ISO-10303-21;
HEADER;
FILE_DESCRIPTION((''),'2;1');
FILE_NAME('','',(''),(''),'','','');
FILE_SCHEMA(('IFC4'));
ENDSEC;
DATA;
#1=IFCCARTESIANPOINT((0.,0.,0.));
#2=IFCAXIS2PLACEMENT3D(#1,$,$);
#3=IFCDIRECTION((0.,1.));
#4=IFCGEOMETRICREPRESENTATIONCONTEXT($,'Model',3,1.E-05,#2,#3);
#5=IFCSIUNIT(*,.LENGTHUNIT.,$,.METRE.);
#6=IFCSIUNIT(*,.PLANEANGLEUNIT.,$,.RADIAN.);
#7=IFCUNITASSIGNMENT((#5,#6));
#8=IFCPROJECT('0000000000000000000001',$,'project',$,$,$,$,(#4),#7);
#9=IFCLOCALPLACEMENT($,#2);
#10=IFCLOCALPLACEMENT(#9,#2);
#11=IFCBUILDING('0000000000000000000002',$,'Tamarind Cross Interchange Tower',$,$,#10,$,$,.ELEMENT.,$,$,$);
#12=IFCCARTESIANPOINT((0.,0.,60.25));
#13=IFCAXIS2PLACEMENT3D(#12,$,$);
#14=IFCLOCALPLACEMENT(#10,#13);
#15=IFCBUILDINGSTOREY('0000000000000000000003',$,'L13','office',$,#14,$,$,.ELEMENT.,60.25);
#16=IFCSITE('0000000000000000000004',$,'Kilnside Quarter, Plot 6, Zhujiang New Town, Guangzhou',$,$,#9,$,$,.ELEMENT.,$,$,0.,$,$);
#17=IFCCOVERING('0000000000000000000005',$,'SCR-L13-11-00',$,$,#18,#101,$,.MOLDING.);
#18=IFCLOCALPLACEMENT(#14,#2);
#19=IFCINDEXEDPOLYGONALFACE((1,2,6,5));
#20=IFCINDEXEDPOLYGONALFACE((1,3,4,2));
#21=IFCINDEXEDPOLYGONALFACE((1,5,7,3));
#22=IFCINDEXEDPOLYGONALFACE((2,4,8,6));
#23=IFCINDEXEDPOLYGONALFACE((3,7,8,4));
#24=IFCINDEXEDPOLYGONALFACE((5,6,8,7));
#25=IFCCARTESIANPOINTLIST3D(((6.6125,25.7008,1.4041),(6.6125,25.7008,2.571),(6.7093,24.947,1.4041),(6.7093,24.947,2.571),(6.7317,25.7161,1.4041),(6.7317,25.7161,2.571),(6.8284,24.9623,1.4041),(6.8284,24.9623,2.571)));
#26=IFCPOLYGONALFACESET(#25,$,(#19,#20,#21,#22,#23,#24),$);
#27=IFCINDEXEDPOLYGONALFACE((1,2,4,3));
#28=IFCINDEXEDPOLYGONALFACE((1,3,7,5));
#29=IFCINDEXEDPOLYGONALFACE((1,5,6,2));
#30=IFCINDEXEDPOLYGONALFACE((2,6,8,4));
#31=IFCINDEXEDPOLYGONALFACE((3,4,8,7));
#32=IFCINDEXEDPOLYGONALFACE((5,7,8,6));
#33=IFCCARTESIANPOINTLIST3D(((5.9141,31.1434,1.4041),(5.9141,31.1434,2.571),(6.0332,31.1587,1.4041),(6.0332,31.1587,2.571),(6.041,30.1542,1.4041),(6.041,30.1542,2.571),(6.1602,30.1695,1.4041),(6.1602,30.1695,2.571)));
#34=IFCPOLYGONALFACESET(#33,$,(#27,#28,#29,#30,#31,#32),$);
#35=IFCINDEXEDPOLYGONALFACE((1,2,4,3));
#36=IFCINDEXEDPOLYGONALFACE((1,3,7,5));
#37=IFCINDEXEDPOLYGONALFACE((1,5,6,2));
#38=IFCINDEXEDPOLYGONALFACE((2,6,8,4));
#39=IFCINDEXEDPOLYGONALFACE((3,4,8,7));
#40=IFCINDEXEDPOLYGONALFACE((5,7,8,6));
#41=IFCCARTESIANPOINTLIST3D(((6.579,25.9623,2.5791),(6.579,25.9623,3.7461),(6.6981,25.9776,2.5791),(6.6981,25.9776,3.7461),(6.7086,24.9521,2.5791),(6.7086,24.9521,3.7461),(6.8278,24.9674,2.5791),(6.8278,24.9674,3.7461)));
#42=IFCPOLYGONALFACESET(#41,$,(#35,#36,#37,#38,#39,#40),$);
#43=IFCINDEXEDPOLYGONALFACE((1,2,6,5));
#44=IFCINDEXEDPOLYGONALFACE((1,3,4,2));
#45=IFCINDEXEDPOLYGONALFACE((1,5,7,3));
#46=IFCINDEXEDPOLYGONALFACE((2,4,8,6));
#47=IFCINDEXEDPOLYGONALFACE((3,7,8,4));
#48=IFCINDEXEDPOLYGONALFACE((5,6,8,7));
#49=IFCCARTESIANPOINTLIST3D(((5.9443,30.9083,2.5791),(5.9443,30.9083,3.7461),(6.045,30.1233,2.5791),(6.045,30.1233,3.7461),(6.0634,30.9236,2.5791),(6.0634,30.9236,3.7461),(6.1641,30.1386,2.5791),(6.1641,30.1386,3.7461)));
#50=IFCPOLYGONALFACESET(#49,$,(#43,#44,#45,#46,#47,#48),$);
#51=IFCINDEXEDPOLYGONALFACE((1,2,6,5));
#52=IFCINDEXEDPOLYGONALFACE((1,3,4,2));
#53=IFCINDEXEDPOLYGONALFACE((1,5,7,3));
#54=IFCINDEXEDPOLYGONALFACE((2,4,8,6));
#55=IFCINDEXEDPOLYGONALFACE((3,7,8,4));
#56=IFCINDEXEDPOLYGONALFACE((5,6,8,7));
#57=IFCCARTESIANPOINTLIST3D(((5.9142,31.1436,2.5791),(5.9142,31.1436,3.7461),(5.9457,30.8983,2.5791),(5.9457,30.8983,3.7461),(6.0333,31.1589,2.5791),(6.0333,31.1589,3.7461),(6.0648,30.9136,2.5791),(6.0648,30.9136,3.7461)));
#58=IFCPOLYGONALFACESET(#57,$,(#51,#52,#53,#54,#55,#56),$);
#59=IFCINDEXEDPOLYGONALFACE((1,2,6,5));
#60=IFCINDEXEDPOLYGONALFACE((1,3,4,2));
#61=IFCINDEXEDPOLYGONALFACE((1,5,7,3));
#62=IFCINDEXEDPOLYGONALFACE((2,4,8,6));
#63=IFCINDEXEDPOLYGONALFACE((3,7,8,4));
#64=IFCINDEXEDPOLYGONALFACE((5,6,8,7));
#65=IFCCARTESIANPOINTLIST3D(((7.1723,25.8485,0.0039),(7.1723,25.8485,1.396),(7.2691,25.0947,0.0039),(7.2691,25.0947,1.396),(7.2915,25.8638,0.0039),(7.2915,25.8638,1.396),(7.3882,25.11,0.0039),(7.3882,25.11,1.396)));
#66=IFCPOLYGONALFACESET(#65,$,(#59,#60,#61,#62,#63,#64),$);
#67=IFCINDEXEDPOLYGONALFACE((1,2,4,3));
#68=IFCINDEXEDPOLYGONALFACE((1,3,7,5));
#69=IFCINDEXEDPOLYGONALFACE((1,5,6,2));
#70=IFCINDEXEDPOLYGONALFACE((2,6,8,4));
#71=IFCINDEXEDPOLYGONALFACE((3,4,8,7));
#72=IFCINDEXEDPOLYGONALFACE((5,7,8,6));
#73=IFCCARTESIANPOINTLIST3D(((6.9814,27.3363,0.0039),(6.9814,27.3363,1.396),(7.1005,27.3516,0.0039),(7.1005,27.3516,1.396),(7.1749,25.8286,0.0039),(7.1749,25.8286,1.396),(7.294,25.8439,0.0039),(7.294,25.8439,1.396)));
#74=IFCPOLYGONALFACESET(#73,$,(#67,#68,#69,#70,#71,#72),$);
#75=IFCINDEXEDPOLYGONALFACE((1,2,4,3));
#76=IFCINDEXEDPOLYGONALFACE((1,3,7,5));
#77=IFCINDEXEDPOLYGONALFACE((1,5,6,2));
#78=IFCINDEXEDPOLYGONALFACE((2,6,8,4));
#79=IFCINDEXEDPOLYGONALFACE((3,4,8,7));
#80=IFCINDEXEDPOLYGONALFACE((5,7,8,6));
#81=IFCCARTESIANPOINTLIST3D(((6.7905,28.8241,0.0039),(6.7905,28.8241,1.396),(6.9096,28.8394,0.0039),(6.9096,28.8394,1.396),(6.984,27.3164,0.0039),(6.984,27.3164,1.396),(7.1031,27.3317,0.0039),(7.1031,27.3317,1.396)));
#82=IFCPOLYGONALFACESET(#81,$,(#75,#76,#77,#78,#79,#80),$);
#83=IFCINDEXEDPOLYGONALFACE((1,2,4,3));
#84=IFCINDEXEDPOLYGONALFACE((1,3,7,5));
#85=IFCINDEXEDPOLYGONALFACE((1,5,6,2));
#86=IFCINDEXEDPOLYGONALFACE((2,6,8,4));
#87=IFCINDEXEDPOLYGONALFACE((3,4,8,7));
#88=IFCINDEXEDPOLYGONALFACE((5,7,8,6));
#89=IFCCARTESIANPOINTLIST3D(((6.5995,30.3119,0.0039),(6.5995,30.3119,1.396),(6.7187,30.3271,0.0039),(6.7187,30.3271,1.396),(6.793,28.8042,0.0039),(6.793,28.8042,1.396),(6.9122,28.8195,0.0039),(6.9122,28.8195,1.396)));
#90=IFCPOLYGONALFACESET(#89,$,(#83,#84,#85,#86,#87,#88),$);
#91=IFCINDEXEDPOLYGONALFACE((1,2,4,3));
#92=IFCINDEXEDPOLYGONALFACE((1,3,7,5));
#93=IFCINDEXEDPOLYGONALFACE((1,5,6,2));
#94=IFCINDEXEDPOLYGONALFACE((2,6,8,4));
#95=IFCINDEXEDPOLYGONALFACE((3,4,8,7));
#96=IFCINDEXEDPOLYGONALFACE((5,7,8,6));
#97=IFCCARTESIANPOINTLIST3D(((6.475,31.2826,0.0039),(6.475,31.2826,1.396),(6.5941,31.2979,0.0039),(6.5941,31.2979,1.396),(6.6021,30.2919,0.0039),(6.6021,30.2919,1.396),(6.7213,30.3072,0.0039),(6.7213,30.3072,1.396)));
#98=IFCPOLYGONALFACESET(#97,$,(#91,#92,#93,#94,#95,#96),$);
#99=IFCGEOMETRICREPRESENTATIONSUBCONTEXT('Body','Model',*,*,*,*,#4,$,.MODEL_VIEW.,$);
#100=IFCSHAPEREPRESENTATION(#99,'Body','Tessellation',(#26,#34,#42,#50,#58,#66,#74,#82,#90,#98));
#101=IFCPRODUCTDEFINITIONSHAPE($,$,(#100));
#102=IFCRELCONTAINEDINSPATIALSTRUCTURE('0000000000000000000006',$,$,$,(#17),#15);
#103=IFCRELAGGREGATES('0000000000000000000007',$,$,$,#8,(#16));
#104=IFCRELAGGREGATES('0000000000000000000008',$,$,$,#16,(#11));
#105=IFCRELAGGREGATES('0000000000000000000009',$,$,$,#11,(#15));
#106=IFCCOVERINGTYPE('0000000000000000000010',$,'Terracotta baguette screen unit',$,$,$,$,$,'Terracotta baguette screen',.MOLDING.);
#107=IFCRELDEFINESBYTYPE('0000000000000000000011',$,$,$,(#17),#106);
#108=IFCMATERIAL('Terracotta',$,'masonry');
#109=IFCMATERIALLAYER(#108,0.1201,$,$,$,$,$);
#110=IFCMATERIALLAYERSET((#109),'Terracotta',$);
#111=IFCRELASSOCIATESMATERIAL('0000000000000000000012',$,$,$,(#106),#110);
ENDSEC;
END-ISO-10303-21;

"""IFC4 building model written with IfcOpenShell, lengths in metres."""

from ifc_helpers import new_model, si_unit, direction, frame, origin, origin_2d, place, context, subcontext, project, spatial, rectangle, extrude, material, layer, layer_set, type_object, element, save


model = new_model("IFC4")

# Units and contexts
model_context = context("Model", 3, precision=1e-05, world=origin(), true_north=direction((0.0, 1.0)))
body_context = subcontext(model_context, "Body", "Model", "MODEL_VIEW")
ifc_project = project(units=[si_unit("LENGTHUNIT", "METRE"), si_unit("PLANEANGLEUNIT", "RADIAN")], contexts=[model_context])

# Site, building, storey
site_placement = place(None, origin())
site = spatial("IfcSite", under=ifc_project, at=site_placement, Name="Kilnside Quarter, Plot 6, Zhujiang New Town, Guangzhou", CompositionType="ELEMENT", RefElevation=0.0)
building_placement = place(site_placement, origin())
building = spatial("IfcBuilding", under=site, at=building_placement, Name="Tamarind Cross Interchange Tower", CompositionType="ELEMENT")
storey_placement = place(building_placement, frame((0.0, 0.0, 60.25)))
storey = spatial("IfcBuildingStorey", under=building, at=storey_placement, Name="L13", Description="office", CompositionType="ELEMENT", Elevation=60.25)

# Covering
ifc_material_1 = material(Name="Terracotta", Category="masonry")
ifc_layer_1 = layer(ifc_material_1, 0.1201)
ifc_layer_set_1 = layer_set([ifc_layer_1], Name="Terracotta")
covering_type = type_object("IfcCoveringType", Name="Terracotta baguette screen unit", ElementType="Terracotta baguette screen", PredefinedType="MOLDING", material=ifc_layer_set_1)
covering_1_placement = place(storey_placement, origin())
element("IfcCovering", 1, at=covering_1_placement, inside=storey, type_object=covering_type, Name="SCR-L13-11-00", PredefinedType="MOLDING", context=body_context, shape_type="SweptSolid", body=[
    extrude(rectangle(XDim=0.76, YDim=0.1201, at=origin_2d()), frame((6.7205, 25.3315, 1.4041), z_axis=(0.0, 0.0, 1.0), x_axis=(-0.1273, 0.991864, 0.0)), (0.0, 0.0, 1.0), 1.167),
    extrude(rectangle(XDim=0.9973, YDim=0.1201, at=origin_2d()), frame((6.0371, 30.6565, 1.4041), z_axis=(0.0, 0.0, 1.0), x_axis=(-0.1273, 0.991864, 0.0)), (0.0, 0.0, 1.0), 1.167),
    extrude(rectangle(XDim=1.0186, YDim=0.1201, at=origin_2d()), frame((6.7034, 25.4648, 2.5791), z_axis=(0.0, 0.0, 1.0), x_axis=(-0.1273, 0.991864, 0.0)), (0.0, 0.0, 1.0), 1.167),
    extrude(rectangle(XDim=0.7915, YDim=0.1201, at=origin_2d()), frame((6.0542, 30.5234, 2.5791), z_axis=(0.0, 0.0, 1.0), x_axis=(-0.1273, 0.991864, 0.0)), (0.0, 0.0, 1.0), 1.167),
    extrude(rectangle(XDim=0.2473, YDim=0.1201, at=origin_2d()), frame((5.9895, 31.0286, 2.5791), z_axis=(0.0, 0.0, 1.0), x_axis=(-0.1273, 0.991864, 0.0)), (0.0, 0.0, 1.0), 1.167),
    extrude(rectangle(XDim=0.76, YDim=0.1201, at=origin_2d()), frame((7.2803, 25.4792, 0.0039), z_axis=(0.0, 0.0, 1.0), x_axis=(-0.1273, 0.991864, 0.0)), (0.0, 0.0, 1.0), 1.3921),
    extrude(rectangle(XDim=1.52, YDim=0.1201, at=origin_2d()), frame((7.1377, 26.5901, 0.0039), z_axis=(0.0, 0.0, 1.0), x_axis=(-0.1273, 0.991864, 0.0)), (0.0, 0.0, 1.0), 1.3921),
    extrude(rectangle(XDim=1.52, YDim=0.1201, at=origin_2d()), frame((6.9468, 28.0779, 0.0039), z_axis=(0.0, 0.0, 1.0), x_axis=(-0.1273, 0.991864, 0.0)), (0.0, 0.0, 1.0), 1.3921),
    extrude(rectangle(XDim=1.52, YDim=0.1201, at=origin_2d()), frame((6.7559, 29.5657, 0.0039), z_axis=(0.0, 0.0, 1.0), x_axis=(-0.1273, 0.991864, 0.0)), (0.0, 0.0, 1.0), 1.3921),
    extrude(rectangle(XDim=0.9988, YDim=0.1201, at=origin_2d()), frame((6.5981, 30.7949, 0.0039), z_axis=(0.0, 0.0, 1.0), x_axis=(-0.1273, 0.991864, 0.0)), (0.0, 0.0, 1.0), 1.3921),
])

save(model, "model.ifc")
